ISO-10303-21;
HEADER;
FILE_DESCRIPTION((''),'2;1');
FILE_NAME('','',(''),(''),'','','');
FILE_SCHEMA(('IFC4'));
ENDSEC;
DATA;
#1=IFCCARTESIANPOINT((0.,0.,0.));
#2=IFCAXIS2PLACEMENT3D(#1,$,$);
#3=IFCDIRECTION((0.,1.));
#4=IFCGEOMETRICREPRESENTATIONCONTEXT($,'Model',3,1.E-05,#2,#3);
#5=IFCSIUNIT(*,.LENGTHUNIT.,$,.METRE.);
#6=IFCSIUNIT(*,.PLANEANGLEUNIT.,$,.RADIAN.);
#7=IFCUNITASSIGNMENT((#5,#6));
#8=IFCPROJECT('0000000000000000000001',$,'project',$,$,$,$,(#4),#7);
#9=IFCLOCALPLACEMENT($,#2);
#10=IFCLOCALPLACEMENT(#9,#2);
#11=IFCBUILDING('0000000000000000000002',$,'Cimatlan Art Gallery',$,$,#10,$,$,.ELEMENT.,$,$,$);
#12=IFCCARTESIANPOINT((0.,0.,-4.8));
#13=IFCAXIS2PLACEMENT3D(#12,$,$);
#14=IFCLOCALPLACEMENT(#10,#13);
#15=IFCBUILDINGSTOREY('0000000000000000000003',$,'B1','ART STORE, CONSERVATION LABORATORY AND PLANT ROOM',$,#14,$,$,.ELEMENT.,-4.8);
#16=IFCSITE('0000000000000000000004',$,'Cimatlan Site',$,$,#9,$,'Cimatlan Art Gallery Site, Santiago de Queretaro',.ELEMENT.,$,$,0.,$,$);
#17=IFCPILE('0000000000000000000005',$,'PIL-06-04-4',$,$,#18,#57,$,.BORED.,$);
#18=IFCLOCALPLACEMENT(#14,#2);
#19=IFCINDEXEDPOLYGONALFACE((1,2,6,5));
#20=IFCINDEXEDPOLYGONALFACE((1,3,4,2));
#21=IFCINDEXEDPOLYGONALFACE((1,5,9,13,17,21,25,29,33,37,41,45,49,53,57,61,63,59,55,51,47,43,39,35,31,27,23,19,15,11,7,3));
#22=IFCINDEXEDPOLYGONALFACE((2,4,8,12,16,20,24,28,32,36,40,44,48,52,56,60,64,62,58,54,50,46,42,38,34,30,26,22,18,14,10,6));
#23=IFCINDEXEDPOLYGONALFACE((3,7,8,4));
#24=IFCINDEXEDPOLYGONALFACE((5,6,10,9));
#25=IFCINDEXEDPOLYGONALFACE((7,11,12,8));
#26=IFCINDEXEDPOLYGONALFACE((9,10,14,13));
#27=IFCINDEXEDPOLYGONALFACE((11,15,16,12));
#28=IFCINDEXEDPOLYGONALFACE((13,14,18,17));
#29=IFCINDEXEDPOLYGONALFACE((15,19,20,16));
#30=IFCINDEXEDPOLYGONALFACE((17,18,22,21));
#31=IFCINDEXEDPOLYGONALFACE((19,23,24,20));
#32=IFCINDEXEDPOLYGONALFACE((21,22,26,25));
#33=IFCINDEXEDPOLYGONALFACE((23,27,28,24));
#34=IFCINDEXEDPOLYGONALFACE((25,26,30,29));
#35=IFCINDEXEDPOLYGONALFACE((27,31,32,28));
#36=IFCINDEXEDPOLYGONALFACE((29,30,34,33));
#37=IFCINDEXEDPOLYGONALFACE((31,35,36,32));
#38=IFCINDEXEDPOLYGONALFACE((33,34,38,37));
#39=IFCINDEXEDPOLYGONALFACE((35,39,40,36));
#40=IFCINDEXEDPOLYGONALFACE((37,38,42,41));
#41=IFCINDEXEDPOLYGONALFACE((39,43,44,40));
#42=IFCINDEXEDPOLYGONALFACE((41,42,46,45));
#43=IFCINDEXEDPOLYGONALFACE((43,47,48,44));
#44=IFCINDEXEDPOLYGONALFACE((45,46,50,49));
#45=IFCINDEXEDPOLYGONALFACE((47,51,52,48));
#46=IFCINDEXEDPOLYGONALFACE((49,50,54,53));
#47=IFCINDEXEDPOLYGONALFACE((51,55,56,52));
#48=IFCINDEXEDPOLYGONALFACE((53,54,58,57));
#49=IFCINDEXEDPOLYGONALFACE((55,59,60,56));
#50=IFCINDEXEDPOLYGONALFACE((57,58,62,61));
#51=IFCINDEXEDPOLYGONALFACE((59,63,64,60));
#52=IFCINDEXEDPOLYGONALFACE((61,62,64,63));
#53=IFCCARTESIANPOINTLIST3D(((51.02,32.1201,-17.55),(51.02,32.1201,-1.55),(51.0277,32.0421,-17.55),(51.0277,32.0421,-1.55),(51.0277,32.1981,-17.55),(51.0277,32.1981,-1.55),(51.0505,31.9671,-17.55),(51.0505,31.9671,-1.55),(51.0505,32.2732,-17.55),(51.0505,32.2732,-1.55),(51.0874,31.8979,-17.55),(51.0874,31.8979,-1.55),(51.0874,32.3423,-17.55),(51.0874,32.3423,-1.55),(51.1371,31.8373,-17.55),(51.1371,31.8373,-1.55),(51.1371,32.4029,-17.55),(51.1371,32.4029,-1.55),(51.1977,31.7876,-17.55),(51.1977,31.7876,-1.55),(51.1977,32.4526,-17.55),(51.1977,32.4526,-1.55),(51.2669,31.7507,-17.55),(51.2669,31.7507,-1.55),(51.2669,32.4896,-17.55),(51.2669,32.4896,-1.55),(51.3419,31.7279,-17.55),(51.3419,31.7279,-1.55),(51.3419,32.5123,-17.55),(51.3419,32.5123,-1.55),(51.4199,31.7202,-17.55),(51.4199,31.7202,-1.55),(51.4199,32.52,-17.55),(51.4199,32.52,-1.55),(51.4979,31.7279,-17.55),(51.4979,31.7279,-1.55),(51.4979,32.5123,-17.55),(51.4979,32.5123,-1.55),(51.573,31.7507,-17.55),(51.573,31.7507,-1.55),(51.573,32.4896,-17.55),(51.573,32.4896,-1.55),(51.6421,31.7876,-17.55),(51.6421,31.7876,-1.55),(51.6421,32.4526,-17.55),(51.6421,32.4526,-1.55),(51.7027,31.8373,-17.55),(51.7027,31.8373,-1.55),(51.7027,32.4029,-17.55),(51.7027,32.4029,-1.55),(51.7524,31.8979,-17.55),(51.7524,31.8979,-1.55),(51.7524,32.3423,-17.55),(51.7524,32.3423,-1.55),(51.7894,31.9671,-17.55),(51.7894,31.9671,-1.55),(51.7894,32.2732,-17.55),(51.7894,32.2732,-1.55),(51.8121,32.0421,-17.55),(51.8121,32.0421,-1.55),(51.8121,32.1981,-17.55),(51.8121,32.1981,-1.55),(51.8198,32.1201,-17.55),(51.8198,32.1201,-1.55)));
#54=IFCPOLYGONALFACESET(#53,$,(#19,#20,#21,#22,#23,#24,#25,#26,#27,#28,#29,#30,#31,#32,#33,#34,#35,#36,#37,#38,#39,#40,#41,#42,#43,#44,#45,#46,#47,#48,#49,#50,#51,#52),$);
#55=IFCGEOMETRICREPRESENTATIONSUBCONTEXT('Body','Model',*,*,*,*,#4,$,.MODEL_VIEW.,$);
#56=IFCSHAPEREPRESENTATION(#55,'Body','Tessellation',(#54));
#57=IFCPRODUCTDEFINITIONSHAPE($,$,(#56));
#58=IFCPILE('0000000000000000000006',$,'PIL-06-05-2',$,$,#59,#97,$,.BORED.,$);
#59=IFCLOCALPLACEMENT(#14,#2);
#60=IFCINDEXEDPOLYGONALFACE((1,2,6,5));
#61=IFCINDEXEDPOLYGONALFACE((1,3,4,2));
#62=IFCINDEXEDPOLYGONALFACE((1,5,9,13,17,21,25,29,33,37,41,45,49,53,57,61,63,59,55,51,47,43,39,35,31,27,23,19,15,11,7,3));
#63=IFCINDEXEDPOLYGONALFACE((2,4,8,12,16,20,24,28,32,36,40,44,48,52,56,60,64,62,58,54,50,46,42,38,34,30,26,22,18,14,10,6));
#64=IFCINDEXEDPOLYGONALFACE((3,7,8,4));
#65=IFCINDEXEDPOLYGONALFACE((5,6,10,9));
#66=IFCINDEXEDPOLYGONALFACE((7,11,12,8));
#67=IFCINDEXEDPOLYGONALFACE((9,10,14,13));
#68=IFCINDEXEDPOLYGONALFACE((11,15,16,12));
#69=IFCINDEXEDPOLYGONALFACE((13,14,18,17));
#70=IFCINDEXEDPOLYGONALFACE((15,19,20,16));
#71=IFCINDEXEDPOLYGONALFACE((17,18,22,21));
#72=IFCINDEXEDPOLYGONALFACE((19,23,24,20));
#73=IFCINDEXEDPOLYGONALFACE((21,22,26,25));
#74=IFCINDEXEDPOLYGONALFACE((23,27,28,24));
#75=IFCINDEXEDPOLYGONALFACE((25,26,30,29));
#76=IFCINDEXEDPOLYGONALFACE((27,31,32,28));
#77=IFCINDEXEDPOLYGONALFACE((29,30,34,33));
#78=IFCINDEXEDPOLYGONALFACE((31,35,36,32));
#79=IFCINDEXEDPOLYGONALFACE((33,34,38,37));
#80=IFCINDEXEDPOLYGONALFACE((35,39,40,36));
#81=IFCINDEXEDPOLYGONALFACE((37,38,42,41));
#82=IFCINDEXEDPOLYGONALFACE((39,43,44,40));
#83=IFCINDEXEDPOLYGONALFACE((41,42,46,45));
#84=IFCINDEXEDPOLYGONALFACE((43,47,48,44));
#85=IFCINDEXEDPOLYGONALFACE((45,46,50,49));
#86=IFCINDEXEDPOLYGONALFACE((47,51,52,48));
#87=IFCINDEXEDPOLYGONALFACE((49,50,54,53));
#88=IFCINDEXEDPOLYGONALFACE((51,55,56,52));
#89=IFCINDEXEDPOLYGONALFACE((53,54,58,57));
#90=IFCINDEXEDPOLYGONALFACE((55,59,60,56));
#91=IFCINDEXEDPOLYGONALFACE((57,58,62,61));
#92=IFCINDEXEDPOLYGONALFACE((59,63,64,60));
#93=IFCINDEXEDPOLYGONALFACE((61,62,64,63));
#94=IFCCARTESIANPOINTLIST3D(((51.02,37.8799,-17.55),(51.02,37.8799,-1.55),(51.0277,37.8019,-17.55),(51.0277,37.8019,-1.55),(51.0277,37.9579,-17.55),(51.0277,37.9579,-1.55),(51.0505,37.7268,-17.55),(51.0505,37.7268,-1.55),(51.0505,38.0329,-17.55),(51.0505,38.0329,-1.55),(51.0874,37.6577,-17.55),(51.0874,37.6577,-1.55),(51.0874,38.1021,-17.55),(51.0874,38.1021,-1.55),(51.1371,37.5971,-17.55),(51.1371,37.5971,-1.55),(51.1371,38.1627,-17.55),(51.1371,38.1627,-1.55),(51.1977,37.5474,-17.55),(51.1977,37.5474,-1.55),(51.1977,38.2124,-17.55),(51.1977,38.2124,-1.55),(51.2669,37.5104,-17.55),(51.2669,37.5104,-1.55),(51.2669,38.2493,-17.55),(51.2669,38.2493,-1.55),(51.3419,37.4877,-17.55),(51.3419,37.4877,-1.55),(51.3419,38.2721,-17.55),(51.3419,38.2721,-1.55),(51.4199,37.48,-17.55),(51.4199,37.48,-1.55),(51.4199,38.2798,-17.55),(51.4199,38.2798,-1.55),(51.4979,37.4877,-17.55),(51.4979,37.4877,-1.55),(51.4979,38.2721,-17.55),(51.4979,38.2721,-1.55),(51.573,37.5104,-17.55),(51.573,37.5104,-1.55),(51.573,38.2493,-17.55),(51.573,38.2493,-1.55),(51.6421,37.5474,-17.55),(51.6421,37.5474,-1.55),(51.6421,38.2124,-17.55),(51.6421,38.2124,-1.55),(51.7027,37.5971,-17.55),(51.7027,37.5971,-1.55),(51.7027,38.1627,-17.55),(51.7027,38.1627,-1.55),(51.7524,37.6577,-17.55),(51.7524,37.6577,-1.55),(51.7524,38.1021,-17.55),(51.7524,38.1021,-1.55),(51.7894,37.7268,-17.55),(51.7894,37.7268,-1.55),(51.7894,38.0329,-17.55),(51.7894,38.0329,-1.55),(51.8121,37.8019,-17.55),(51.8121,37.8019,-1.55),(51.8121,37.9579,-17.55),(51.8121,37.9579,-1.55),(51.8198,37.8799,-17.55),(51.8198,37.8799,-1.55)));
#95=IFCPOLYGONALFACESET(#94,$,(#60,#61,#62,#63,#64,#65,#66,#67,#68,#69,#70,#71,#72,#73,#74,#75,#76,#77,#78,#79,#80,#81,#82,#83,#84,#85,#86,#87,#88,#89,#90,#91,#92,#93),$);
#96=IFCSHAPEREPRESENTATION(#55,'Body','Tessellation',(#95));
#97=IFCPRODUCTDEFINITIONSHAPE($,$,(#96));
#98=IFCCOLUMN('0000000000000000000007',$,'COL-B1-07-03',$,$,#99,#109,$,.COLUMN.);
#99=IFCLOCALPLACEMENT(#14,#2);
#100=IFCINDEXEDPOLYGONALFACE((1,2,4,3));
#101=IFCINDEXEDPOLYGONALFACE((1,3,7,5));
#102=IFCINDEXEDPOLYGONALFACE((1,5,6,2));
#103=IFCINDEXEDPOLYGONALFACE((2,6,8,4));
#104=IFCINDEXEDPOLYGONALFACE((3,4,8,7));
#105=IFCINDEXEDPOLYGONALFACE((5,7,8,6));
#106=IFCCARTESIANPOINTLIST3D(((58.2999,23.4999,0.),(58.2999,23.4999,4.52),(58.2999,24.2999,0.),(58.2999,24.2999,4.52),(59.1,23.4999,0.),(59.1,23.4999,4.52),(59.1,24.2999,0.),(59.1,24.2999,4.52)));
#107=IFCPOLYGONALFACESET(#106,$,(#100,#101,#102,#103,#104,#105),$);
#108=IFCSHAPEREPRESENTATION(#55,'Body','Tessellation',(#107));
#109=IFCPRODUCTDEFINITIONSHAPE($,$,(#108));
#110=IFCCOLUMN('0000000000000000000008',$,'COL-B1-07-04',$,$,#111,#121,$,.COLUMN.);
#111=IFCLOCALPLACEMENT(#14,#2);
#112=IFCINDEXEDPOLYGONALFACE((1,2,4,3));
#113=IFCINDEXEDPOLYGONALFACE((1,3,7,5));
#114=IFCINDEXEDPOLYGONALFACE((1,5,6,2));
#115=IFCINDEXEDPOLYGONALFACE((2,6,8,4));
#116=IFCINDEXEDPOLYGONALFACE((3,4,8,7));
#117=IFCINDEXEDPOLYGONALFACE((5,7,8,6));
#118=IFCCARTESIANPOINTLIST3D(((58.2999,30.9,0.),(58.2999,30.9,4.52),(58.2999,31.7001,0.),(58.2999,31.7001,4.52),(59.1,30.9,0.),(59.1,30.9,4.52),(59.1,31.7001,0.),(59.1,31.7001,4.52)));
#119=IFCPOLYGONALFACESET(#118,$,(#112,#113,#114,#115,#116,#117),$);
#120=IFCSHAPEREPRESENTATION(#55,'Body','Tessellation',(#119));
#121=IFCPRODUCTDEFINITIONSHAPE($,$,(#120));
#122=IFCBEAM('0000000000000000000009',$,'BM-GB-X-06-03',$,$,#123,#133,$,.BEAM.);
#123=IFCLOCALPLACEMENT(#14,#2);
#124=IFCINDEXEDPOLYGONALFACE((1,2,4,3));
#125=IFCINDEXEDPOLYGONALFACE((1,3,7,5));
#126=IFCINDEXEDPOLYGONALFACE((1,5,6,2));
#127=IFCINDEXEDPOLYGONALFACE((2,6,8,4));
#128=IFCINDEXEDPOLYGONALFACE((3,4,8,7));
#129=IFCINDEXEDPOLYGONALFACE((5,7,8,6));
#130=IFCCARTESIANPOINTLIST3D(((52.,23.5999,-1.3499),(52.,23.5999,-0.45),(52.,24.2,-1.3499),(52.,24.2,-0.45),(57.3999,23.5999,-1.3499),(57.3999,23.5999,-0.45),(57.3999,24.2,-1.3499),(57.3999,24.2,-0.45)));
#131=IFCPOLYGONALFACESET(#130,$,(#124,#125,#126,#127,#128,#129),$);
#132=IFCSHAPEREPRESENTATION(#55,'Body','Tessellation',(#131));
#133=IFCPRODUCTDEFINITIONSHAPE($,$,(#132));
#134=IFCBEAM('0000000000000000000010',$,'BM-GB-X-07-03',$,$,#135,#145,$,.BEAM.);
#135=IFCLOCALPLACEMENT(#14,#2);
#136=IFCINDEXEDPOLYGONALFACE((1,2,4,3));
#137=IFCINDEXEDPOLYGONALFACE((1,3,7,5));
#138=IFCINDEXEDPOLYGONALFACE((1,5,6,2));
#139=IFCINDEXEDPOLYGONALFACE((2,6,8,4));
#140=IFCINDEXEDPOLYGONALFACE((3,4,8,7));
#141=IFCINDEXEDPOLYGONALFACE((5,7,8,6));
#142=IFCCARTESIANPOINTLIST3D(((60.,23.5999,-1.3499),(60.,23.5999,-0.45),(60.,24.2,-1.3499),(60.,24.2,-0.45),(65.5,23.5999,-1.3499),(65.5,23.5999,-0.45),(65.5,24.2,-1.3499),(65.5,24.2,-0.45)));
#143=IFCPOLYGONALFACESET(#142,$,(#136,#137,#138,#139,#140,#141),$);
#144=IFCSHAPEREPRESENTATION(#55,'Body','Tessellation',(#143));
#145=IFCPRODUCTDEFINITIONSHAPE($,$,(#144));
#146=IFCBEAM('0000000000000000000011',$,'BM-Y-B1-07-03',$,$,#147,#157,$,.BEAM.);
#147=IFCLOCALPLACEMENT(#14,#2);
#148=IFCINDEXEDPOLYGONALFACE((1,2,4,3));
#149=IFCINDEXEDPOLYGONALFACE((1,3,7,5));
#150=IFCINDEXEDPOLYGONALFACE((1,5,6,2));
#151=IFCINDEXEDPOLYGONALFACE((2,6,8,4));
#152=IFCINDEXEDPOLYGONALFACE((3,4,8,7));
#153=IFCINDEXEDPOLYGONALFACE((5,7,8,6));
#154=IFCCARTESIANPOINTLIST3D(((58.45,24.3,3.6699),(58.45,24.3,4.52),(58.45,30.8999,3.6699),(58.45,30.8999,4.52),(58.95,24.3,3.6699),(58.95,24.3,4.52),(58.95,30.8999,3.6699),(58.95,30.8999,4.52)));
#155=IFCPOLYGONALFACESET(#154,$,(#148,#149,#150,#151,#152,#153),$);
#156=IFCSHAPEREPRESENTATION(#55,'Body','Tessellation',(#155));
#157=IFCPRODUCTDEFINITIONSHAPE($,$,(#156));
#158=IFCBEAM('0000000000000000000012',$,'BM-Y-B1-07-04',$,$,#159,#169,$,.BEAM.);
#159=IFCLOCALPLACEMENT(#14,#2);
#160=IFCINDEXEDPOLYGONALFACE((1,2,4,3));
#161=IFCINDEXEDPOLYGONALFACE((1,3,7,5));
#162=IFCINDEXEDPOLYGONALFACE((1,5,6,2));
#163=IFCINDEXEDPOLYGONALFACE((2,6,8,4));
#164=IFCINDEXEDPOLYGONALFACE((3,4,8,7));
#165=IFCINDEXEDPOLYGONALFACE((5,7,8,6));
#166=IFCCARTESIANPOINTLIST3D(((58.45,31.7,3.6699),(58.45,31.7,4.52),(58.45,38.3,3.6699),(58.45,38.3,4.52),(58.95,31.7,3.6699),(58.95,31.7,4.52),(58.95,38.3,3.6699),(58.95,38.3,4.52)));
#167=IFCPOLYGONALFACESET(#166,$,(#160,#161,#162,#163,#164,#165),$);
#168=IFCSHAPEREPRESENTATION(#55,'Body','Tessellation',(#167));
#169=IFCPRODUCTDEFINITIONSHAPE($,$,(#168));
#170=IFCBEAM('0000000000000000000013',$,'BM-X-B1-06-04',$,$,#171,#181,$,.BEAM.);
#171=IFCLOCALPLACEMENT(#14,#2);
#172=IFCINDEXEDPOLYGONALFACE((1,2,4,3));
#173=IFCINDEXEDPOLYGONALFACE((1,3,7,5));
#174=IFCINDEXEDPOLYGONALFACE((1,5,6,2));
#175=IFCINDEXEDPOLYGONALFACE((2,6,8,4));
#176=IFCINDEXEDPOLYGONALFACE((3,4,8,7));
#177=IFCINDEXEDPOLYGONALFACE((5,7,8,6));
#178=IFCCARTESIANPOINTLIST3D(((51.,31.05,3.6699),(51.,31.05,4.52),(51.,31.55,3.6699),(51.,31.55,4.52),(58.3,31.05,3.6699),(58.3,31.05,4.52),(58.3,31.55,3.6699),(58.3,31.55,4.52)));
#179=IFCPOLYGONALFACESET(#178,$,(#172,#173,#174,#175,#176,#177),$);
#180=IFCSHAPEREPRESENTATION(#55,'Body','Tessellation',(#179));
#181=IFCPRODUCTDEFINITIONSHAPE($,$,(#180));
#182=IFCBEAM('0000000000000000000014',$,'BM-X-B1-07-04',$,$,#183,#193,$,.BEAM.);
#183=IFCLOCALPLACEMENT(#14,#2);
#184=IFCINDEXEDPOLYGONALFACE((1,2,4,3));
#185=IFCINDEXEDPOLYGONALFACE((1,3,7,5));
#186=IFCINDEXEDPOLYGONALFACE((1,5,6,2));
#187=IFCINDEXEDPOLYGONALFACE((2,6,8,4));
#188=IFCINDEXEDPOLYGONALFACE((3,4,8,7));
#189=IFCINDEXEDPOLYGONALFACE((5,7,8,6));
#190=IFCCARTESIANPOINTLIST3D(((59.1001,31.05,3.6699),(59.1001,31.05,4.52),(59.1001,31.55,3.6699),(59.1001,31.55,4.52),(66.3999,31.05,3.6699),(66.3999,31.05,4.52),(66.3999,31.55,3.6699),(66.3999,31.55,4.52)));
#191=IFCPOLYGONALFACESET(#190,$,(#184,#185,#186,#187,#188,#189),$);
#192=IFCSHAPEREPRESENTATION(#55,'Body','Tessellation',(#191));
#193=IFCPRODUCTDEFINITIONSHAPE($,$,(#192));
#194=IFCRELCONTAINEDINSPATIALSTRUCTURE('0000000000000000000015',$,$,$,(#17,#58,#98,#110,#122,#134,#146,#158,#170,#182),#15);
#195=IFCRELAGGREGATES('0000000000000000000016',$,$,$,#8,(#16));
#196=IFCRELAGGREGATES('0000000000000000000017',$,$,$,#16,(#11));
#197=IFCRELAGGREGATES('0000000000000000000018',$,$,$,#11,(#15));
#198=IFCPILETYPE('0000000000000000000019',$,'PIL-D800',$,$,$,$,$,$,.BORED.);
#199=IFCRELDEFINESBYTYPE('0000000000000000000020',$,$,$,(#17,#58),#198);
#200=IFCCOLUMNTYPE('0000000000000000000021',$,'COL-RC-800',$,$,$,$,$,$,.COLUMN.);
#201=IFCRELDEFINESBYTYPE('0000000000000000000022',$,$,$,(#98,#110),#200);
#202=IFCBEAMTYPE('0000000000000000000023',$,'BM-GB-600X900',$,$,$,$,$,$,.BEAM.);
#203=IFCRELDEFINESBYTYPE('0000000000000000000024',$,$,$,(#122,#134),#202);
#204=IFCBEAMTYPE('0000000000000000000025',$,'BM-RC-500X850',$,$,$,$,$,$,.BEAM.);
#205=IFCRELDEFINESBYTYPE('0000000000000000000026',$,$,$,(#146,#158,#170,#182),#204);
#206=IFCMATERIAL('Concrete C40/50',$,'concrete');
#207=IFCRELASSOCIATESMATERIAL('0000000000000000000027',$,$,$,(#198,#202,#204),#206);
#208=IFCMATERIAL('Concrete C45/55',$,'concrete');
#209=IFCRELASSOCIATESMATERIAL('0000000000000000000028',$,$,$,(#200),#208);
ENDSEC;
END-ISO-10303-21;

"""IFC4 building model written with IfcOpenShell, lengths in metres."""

from ifc_helpers import new_model, si_unit, direction, frame, origin, origin_2d, place, context, subcontext, project, spatial, rectangle, circle, extrude, material, material_profile, profile_set, type_object, element, save


model = new_model("IFC4")

# Units and contexts
model_context = context("Model", 3, precision=1e-05, world=origin(), true_north=direction((0.0, 1.0)))
body_context = subcontext(model_context, "Body", "Model", "MODEL_VIEW")
ifc_project = project(units=[si_unit("LENGTHUNIT", "METRE"), si_unit("PLANEANGLEUNIT", "RADIAN")], contexts=[model_context])

# Site, building, storey
site_placement = place(None, origin())
site = spatial("IfcSite", under=ifc_project, at=site_placement, Name="Cimatlan Site", LongName="Cimatlan Art Gallery Site, Santiago de Queretaro", CompositionType="ELEMENT", RefElevation=0.0)
building_placement = place(site_placement, origin())
building = spatial("IfcBuilding", under=site, at=building_placement, Name="Cimatlan Art Gallery", CompositionType="ELEMENT")
storey_placement = place(building_placement, frame((0.0, 0.0, -4.8)))
storey = spatial("IfcBuildingStorey", under=building, at=storey_placement, Name="B1", Description="ART STORE, CONSERVATION LABORATORY AND PLANT ROOM", CompositionType="ELEMENT", Elevation=-4.8)

# Shared definitions
ifc_material_1 = material(Name="Concrete C40/50", Category="concrete")

# Piles
pile_type_1 = type_object("IfcPileType", Name="PIL-D800", PredefinedType="BORED", material=ifc_material_1)
for number, where, z_axis, x_axis, name in (
    (1, (51.4199, 32.1201, -1.55), (0.0, 0.0, -1.0), (1.0, 0.0, 0.0), "PIL-06-04-4"),
    (2, (51.4199, 37.8799, -1.55), (0.0, 0.0, -1.0), (1.0, 0.0, 0.0), "PIL-06-05-2"),
):
    element("IfcPile", number, at=place(storey_placement, frame(where, z_axis=z_axis, x_axis=x_axis)), inside=storey, type_object=pile_type_1, Name=name, PredefinedType="BORED", context=body_context, shape_type="SweptSolid", body=[
        extrude(circle(Radius=0.3999, at=origin_2d()), origin(), (0.0, 0.0, 1.0), 16.0),
    ])

# Columns
ifc_material_2 = material(Name="Concrete C45/55", Category="concrete")
ifc_material_profile_1 = material_profile(ifc_material_2, rectangle(XDim=0.8, YDim=0.8, at=origin_2d()), Name="RC800X800")
ifc_profile_set_1 = profile_set([ifc_material_profile_1], Name="Concrete C45/55")
column_type = type_object("IfcColumnType", Name="COL-RC-800", PredefinedType="COLUMN", material=ifc_profile_set_1)
for number, where, z_axis, x_axis, name in (
    (3, (58.7, 23.8999, 0.0), (0.0, 0.0, 1.0), (1.0, 0.0, 0.0), "COL-B1-07-03"),
    (4, (58.7, 31.3, 0.0), (0.0, 0.0, 1.0), (1.0, 0.0, 0.0), "COL-B1-07-04"),
):
    element("IfcColumn", number, at=place(storey_placement, frame(where, z_axis=z_axis, x_axis=x_axis)), inside=storey, type_object=column_type, Name=name, PredefinedType="COLUMN", context=body_context, shape_type="SweptSolid", body=[
        extrude(rectangle(XDim=0.8, YDim=0.8, at=origin_2d()), origin(), (0.0, 0.0, 1.0), 4.52),
    ])

# Beams
ifc_material_profile_2 = material_profile(ifc_material_1, rectangle(XDim=0.6001, YDim=0.8999, at=origin_2d()), Name="RC600X900")
ifc_profile_set_2 = profile_set([ifc_material_profile_2], Name="Concrete C40/50")
beam_type_1 = type_object("IfcBeamType", Name="BM-GB-600X900", PredefinedType="BEAM", material=ifc_profile_set_2)
beam_1_placement = place(storey_placement, frame((52.0, 23.8999, -0.8999), z_axis=(1.0, 0.0, 0.0), x_axis=(0.0, 1.0, 0.0)))
element("IfcBeam", 5, at=beam_1_placement, inside=storey, type_object=beam_type_1, Name="BM-GB-X-06-03", PredefinedType="BEAM", context=body_context, shape_type="SweptSolid", body=[
    extrude(rectangle(XDim=0.6001, YDim=0.8999, at=origin_2d()), origin(), (0.0, 0.0, 1.0), 5.3999),
])
beam_2_placement = place(storey_placement, frame((60.0, 23.8999, -0.8999), z_axis=(1.0, 0.0, 0.0), x_axis=(0.0, 1.0, 0.0)))
element("IfcBeam", 6, at=beam_2_placement, inside=storey, type_object=beam_type_1, Name="BM-GB-X-07-03", PredefinedType="BEAM", context=body_context, shape_type="SweptSolid", body=[
    extrude(rectangle(XDim=0.6001, YDim=0.8999, at=origin_2d()), origin(), (0.0, 0.0, 1.0), 5.5),
])
ifc_material_profile_3 = material_profile(ifc_material_1, rectangle(XDim=0.5, YDim=0.8501, at=origin_2d()), Name="RC500X850")
ifc_profile_set_3 = profile_set([ifc_material_profile_3], Name="Concrete C40/50")
beam_type_2 = type_object("IfcBeamType", Name="BM-RC-500X850", PredefinedType="BEAM", material=ifc_profile_set_3)
beam_3_placement = place(storey_placement, frame((58.7, 24.3, 4.095), z_axis=(0.0, 1.0, 0.0), x_axis=(-1.0, 0.0, 0.0)))
element("IfcBeam", 7, at=beam_3_placement, inside=storey, type_object=beam_type_2, Name="BM-Y-B1-07-03", PredefinedType="BEAM", context=body_context, shape_type="SweptSolid", body=[
    extrude(rectangle(XDim=0.5, YDim=0.8501, at=origin_2d()), origin(), (0.0, 0.0, 1.0), 6.5999),
])
beam_4_placement = place(storey_placement, frame((58.7, 31.7, 4.095), z_axis=(0.0, 1.0, 0.0), x_axis=(-1.0, 0.0, 0.0)))
element("IfcBeam", 8, at=beam_4_placement, inside=storey, type_object=beam_type_2, Name="BM-Y-B1-07-04", PredefinedType="BEAM", context=body_context, shape_type="SweptSolid", body=[
    extrude(rectangle(XDim=0.5, YDim=0.8501, at=origin_2d()), origin(), (0.0, 0.0, 1.0), 6.6001),
])
beam_5_placement = place(storey_placement, frame((51.0, 31.3, 4.095), z_axis=(1.0, 0.0, 0.0), x_axis=(0.0, 1.0, 0.0)))
element("IfcBeam", 9, at=beam_5_placement, inside=storey, type_object=beam_type_2, Name="BM-X-B1-06-04", PredefinedType="BEAM", context=body_context, shape_type="SweptSolid", body=[
    extrude(rectangle(XDim=0.5, YDim=0.8501, at=origin_2d()), origin(), (0.0, 0.0, 1.0), 7.3),
])
beam_6_placement = place(storey_placement, frame((59.1001, 31.3, 4.095), z_axis=(1.0, 0.0, 0.0), x_axis=(0.0, 1.0, 0.0)))
element("IfcBeam", 10, at=beam_6_placement, inside=storey, type_object=beam_type_2, Name="BM-X-B1-07-04", PredefinedType="BEAM", context=body_context, shape_type="SweptSolid", body=[
    extrude(rectangle(XDim=0.5, YDim=0.8501, at=origin_2d()), origin(), (0.0, 0.0, 1.0), 7.2998),
])

save(model, "model.ifc")
